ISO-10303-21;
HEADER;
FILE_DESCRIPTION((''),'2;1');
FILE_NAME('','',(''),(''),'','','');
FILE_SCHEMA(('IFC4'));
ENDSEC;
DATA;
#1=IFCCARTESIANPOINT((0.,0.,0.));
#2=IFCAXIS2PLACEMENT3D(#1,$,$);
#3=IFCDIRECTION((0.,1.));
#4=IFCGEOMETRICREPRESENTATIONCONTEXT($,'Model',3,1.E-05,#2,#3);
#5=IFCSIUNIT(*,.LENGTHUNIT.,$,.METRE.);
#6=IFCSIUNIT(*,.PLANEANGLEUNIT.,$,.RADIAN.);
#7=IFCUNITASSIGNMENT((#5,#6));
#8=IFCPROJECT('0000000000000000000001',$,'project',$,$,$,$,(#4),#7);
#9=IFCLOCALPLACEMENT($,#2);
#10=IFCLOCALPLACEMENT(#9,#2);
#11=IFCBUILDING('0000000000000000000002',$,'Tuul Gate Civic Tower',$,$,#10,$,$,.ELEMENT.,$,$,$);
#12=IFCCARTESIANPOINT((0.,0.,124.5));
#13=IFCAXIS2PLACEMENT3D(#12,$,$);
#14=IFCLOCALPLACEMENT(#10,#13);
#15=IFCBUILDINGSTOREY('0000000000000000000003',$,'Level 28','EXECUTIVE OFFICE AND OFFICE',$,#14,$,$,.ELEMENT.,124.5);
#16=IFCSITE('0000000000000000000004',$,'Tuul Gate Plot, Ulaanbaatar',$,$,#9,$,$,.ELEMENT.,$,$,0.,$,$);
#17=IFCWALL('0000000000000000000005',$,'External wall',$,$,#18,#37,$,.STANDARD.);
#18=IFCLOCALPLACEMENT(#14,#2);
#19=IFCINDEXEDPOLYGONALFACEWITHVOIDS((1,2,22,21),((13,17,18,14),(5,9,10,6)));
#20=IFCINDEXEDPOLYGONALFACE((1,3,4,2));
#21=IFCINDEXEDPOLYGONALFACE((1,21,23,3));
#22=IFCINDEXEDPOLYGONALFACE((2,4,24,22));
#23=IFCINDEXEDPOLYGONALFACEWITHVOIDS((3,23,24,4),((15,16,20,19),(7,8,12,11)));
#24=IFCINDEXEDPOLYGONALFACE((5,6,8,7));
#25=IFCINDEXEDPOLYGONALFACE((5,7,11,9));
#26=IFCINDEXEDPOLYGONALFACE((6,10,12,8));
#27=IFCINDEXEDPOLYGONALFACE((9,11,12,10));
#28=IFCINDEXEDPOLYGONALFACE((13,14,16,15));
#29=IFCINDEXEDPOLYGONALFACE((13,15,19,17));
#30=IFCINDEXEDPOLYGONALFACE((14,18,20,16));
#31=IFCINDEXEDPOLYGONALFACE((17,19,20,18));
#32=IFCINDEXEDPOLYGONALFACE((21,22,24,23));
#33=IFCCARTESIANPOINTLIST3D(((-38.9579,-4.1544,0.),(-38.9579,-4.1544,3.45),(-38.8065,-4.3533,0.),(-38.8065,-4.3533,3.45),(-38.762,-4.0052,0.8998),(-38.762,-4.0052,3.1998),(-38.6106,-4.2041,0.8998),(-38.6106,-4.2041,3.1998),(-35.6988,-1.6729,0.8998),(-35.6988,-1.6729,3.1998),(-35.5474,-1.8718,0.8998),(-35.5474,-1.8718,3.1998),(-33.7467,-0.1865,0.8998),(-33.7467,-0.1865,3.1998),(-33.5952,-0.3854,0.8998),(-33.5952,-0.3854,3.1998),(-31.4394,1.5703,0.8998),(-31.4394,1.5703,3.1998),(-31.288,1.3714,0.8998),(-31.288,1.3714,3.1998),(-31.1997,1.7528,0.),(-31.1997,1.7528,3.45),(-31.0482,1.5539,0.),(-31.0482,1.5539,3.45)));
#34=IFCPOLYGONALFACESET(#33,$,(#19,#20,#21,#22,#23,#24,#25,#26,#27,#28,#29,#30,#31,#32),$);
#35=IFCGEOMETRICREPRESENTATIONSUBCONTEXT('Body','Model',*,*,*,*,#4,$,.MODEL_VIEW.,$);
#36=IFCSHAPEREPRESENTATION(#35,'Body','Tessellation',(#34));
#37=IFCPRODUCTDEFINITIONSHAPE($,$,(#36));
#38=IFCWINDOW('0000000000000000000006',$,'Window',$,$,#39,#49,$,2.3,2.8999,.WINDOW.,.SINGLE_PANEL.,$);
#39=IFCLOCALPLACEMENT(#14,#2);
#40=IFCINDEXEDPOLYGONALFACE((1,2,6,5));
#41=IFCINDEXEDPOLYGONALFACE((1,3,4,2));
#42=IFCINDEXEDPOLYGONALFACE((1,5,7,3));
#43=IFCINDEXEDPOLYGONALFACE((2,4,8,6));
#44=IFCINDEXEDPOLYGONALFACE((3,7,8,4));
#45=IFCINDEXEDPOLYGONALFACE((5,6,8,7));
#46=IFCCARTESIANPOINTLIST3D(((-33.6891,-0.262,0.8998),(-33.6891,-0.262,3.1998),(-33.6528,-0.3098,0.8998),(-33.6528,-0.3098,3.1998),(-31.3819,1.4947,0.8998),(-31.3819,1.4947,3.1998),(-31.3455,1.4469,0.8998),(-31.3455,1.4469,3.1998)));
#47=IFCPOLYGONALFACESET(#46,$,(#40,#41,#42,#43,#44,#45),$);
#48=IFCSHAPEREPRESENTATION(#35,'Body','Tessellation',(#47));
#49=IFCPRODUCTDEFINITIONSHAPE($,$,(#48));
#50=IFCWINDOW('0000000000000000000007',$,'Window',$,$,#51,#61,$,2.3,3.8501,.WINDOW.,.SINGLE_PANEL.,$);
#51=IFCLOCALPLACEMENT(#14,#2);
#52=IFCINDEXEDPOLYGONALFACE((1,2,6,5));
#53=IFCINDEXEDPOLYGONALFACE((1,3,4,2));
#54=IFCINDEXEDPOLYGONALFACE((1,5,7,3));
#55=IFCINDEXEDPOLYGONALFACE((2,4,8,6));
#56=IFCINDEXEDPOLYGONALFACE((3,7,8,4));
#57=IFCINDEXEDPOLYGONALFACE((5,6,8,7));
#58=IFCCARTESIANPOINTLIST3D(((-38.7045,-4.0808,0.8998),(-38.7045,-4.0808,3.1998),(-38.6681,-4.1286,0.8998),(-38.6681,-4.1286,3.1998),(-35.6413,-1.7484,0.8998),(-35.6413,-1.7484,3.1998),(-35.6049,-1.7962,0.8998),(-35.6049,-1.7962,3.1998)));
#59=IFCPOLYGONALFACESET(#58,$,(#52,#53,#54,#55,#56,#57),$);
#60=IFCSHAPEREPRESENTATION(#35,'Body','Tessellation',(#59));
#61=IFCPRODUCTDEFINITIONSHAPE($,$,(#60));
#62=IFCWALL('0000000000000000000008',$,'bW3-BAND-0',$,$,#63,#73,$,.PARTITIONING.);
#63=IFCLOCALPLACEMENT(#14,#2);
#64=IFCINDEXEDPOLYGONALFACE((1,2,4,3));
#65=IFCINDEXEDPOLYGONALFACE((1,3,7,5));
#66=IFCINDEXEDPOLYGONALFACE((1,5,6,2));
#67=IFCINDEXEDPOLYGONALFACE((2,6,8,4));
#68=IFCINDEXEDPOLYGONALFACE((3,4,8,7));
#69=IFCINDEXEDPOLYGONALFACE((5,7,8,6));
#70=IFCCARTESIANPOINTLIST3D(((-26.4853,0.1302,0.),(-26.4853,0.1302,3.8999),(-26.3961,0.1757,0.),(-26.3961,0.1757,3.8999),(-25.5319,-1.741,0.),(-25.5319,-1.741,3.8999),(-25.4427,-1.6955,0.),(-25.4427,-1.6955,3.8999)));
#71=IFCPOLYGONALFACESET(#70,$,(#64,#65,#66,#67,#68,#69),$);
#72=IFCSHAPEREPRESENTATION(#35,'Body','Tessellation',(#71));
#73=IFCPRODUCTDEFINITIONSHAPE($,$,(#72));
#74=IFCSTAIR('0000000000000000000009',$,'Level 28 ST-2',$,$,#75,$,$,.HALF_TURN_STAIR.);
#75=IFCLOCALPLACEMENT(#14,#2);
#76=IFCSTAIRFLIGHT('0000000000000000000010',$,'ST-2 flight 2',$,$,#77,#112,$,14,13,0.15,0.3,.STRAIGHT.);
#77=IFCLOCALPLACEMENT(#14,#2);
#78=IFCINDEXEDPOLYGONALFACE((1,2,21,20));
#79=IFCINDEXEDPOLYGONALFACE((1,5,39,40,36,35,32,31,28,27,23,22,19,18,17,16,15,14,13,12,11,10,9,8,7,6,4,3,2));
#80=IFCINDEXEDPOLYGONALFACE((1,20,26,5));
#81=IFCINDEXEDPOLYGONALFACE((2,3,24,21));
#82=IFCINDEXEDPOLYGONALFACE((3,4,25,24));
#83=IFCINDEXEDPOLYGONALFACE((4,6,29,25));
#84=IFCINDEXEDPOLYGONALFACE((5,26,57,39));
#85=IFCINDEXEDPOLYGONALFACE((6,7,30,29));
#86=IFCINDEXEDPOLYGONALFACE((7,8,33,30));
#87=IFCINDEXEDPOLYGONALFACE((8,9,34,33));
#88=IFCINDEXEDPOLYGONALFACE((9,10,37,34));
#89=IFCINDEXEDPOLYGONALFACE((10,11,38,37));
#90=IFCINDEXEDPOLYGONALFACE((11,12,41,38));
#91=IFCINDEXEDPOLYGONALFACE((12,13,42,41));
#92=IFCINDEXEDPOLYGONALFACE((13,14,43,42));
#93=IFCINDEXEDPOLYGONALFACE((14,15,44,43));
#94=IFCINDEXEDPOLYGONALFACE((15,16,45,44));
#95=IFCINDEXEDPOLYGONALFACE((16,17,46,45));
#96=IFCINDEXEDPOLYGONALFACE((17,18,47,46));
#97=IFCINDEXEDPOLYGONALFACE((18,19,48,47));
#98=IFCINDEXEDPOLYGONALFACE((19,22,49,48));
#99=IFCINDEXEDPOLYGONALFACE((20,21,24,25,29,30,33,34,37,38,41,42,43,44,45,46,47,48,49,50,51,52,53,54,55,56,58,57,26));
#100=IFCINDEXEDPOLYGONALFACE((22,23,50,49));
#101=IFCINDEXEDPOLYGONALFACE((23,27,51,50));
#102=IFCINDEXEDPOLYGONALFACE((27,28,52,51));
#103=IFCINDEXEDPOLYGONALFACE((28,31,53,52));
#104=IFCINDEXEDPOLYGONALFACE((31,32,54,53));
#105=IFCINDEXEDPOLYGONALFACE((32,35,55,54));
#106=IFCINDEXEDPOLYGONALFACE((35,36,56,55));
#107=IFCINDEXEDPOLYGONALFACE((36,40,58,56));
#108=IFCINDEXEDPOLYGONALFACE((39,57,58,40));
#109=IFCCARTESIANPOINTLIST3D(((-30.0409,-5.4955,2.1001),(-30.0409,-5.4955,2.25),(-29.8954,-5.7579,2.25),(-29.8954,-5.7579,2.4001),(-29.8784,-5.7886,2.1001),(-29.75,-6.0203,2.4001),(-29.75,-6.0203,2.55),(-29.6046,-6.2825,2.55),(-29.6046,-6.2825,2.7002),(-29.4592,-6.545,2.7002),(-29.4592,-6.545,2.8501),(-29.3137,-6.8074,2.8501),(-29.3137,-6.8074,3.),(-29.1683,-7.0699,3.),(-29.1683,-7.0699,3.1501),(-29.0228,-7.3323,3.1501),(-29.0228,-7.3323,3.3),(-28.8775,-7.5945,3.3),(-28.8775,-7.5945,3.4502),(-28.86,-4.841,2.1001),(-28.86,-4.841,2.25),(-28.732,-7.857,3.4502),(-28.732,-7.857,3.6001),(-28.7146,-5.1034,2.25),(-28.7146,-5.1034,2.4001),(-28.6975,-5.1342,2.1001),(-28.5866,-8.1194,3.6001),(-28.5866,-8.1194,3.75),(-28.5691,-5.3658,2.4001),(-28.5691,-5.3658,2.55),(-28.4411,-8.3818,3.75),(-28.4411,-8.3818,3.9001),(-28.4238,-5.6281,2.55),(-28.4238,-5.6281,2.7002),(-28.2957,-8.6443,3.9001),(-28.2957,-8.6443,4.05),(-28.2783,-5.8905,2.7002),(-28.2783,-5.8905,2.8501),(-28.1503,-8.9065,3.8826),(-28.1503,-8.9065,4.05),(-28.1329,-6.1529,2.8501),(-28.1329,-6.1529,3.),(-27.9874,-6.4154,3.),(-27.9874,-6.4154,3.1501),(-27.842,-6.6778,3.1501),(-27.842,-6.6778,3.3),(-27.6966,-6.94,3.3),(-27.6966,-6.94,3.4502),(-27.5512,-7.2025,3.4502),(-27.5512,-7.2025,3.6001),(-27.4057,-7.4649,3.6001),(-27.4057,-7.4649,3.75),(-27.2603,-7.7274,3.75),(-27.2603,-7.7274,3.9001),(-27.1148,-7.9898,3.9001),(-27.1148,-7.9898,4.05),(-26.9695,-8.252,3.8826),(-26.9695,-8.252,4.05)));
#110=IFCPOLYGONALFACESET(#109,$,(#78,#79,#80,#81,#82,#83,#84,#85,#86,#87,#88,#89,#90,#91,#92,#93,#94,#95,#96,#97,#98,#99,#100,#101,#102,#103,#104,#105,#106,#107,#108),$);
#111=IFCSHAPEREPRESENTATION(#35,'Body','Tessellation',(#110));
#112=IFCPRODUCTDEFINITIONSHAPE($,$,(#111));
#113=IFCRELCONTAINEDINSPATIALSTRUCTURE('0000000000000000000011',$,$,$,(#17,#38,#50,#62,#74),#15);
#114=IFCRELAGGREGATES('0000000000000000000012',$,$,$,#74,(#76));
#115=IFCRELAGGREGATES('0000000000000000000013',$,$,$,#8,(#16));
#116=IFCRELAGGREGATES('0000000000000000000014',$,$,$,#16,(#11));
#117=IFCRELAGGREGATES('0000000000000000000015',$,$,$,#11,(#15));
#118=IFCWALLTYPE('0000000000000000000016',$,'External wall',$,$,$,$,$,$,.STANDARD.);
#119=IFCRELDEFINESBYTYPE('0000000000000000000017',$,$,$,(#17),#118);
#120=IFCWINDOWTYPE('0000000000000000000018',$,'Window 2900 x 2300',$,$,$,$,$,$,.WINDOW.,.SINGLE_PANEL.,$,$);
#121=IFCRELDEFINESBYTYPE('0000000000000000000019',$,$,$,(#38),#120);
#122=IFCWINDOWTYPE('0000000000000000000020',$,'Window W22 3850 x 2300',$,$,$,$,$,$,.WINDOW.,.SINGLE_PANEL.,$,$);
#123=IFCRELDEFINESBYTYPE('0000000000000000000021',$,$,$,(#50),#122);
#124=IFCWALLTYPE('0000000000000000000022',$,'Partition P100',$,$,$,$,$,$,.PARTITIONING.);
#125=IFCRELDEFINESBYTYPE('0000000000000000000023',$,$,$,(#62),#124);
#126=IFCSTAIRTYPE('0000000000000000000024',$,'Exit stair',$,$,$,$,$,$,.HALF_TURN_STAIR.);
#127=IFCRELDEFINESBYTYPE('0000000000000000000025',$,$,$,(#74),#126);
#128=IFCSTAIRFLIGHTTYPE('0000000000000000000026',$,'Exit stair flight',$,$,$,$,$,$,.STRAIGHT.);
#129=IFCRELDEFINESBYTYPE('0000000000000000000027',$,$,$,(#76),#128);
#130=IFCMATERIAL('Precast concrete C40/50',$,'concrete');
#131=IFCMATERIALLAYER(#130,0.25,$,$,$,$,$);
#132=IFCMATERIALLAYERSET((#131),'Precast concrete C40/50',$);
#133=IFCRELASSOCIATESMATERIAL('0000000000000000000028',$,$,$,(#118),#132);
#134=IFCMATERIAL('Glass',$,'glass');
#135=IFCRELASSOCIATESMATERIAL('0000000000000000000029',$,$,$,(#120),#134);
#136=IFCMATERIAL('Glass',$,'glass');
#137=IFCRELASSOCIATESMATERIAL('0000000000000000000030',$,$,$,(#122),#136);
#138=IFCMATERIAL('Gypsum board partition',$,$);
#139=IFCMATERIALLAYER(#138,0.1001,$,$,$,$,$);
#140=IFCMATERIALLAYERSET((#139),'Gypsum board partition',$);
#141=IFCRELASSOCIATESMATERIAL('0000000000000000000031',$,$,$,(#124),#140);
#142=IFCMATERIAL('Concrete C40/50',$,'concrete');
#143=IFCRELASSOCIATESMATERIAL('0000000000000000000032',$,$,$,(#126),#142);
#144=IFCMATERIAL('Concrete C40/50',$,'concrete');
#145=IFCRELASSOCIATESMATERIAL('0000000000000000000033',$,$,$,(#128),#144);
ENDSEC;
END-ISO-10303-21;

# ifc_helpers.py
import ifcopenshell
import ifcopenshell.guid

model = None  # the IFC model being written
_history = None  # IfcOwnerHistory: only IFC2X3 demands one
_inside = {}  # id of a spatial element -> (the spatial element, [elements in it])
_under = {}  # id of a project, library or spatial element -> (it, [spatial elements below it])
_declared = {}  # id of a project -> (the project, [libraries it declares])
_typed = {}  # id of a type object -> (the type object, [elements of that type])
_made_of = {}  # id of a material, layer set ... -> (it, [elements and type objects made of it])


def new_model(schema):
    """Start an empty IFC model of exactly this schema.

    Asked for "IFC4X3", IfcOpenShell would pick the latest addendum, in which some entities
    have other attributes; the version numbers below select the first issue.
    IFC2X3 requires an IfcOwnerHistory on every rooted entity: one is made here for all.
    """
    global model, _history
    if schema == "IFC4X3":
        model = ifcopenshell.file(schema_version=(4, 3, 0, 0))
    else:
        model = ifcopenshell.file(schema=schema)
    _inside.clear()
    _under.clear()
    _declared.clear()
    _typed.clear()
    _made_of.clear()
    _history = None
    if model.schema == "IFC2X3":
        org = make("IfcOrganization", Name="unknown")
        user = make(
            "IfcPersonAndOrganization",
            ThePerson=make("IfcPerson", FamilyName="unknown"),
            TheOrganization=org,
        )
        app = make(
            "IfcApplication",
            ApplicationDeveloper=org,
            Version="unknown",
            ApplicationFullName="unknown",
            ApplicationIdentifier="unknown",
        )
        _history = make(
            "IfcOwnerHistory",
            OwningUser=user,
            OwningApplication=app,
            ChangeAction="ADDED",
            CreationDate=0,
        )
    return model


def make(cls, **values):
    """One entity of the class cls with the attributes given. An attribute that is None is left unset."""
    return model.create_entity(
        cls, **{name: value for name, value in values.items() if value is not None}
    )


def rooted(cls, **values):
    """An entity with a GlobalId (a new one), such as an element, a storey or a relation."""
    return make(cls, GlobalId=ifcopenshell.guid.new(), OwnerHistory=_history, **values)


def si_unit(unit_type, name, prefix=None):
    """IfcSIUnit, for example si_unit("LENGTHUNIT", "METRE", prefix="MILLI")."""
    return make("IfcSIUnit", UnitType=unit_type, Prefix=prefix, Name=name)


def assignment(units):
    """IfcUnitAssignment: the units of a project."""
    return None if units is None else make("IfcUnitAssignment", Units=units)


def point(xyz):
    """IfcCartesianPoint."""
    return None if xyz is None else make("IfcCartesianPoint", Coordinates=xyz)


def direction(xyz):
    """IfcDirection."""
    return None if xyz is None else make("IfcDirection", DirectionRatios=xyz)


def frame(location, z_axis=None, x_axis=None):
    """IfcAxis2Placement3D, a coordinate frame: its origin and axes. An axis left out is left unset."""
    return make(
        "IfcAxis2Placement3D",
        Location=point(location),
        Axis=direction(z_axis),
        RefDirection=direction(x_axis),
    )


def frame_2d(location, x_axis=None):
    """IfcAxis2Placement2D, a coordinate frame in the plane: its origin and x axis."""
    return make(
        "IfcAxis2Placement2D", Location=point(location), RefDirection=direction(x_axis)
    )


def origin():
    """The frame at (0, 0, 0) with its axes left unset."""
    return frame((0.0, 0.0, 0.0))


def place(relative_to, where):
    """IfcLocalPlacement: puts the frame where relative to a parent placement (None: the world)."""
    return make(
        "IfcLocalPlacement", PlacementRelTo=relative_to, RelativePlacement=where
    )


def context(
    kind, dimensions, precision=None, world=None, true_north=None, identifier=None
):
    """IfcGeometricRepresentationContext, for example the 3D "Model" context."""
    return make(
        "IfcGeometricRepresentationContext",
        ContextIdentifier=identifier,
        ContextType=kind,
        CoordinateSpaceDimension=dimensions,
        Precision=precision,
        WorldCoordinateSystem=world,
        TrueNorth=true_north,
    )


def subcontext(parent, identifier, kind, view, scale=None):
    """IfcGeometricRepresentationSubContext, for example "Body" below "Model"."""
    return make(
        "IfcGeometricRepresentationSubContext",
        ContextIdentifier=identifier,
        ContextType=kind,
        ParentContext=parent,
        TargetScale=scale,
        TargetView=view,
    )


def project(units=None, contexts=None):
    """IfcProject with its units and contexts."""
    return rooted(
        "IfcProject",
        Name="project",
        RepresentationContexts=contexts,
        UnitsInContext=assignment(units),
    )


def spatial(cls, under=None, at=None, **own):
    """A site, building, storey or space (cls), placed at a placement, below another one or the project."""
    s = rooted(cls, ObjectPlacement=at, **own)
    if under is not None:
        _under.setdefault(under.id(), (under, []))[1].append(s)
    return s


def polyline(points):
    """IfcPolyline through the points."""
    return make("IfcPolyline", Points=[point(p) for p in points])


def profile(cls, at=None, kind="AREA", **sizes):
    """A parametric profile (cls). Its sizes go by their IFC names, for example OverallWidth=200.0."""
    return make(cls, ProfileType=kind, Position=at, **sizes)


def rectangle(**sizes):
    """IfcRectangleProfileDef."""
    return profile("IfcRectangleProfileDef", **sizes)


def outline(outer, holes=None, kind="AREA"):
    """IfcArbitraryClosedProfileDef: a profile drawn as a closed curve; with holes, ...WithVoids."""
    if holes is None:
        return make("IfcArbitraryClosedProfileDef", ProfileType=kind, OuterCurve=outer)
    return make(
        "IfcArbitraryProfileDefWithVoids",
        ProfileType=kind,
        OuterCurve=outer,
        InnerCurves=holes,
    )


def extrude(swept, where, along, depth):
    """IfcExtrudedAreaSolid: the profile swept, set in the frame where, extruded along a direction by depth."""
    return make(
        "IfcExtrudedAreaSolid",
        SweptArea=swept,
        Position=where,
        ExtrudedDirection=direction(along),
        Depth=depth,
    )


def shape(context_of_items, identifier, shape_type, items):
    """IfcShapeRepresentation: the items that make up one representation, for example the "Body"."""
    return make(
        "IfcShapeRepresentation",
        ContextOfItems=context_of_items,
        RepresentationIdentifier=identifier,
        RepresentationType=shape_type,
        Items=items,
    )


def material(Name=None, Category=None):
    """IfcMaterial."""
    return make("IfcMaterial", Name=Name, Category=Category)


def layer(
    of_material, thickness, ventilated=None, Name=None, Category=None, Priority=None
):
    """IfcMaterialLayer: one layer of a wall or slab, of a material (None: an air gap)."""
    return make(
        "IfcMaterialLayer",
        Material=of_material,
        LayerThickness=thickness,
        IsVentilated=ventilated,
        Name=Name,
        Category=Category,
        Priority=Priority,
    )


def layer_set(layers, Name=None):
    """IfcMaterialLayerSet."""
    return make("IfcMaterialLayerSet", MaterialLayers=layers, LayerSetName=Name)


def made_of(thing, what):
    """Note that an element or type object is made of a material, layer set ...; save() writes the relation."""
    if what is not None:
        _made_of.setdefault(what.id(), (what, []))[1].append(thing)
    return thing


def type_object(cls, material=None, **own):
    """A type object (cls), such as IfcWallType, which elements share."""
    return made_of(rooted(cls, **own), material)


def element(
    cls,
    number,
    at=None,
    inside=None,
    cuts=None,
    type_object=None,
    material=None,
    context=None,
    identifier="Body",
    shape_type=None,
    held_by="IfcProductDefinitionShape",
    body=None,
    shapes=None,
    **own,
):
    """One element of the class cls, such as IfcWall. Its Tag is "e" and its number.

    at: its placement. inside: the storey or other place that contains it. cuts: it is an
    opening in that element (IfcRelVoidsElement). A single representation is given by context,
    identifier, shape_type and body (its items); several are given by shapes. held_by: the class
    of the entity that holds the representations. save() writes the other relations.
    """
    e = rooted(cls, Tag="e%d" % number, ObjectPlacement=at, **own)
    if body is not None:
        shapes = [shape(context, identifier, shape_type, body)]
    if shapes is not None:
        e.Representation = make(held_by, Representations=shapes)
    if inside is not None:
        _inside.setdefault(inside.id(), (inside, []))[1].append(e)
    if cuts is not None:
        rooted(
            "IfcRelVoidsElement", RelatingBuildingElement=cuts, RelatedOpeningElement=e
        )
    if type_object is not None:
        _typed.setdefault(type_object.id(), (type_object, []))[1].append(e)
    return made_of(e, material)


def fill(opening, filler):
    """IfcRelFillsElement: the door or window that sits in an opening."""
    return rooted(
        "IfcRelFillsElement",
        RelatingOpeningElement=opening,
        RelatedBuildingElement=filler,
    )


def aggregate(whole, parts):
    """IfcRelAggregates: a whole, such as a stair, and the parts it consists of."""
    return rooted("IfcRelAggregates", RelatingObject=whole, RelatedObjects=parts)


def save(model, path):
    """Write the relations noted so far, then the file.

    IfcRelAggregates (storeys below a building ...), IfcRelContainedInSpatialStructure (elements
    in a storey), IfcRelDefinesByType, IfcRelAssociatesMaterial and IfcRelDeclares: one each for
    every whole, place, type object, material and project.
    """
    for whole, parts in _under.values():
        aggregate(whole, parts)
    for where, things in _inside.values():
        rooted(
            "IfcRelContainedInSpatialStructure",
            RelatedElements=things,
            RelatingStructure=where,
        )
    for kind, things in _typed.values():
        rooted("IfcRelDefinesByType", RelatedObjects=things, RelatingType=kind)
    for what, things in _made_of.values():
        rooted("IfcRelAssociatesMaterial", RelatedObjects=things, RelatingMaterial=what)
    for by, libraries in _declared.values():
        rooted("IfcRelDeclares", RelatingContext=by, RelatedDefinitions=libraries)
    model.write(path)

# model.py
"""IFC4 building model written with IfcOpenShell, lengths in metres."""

from ifc_helpers import new_model, si_unit, direction, frame, frame_2d, origin, place, context, subcontext, project, spatial, polyline, rectangle, outline, extrude, material, layer, layer_set, type_object, element, fill, aggregate, save


model = new_model("IFC4")

# Units and contexts
model_context = context("Model", 3, precision=1e-05, world=origin(), true_north=direction((0.0, 1.0)))
body_context = subcontext(model_context, "Body", "Model", "MODEL_VIEW")
ifc_project = project(units=[si_unit("LENGTHUNIT", "METRE"), si_unit("PLANEANGLEUNIT", "RADIAN")], contexts=[model_context])

# Site, building, storey
site_placement = place(None, origin())
site = spatial("IfcSite", under=ifc_project, at=site_placement, Name="Tuul Gate Plot, Ulaanbaatar", CompositionType="ELEMENT", RefElevation=0.0)
building_placement = place(site_placement, origin())
building = spatial("IfcBuilding", under=site, at=building_placement, Name="Tuul Gate Civic Tower", CompositionType="ELEMENT")
storey_placement = place(building_placement, frame((0.0, 0.0, 124.5)))
storey = spatial("IfcBuildingStorey", under=building, at=storey_placement, Name="Level 28", Description="EXECUTIVE OFFICE AND OFFICE", CompositionType="ELEMENT", Elevation=124.5)

# Wall, openings, windows
ifc_material_1 = material(Name="Precast concrete C40/50", Category="concrete")
ifc_layer_1 = layer(ifc_material_1, 0.25)
ifc_layer_set_1 = layer_set([ifc_layer_1], Name="Precast concrete C40/50")
wall_type_1 = type_object("IfcWallType", Name="External wall", PredefinedType="STANDARD", material=ifc_layer_set_1)
wall_1_placement = place(storey_placement, frame((-31.124, 1.6533, 0.0), z_axis=(0.0, 0.0, 1.0), x_axis=(-0.795622, -0.605793, 0.0)))
wall_1 = element("IfcWall", 1, at=wall_1_placement, inside=storey, type_object=wall_type_1, Name="External wall", PredefinedType="STANDARD", context=body_context, shape_type="SweptSolid", body=[
    extrude(rectangle(XDim=9.7512, YDim=0.25, at=frame_2d((4.8755, 0.0))), origin(), (0.0, 0.0, 1.0), 3.45),
])
opening_1_placement = place(wall_1_placement, frame((5.6548, 0.0, 0.8999)))
opening_1 = element("IfcOpeningElement", 2, at=opening_1_placement, cuts=wall_1, PredefinedType="OPENING", context=body_context, shape_type="SweptSolid", body=[
    extrude(rectangle(XDim=3.8501, YDim=2.3, at=frame_2d((1.925, 1.1499))), frame((0.0, 0.135, 0.0), z_axis=(0.0, -1.0, 0.0), x_axis=(1.0, 0.0, 0.0)), (0.0, 0.0, 1.0), 0.27),
])
opening_2_placement = place(wall_1_placement, frame((0.3013, 0.0, 0.8999)))
opening_2 = element("IfcOpeningElement", 3, at=opening_2_placement, cuts=wall_1, PredefinedType="OPENING", context=body_context, shape_type="SweptSolid", body=[
    extrude(rectangle(XDim=2.8999, YDim=2.3, at=frame_2d((1.45, 1.1499))), frame((0.0, 0.135, 0.0), z_axis=(0.0, -1.0, 0.0), x_axis=(1.0, 0.0, 0.0)), (0.0, 0.0, 1.0), 0.27),
])
ifc_material_2 = material(Name="Glass", Category="glass")
window_type_1 = type_object("IfcWindowType", Name="Window 2900 x 2300", PartitioningType="SINGLE_PANEL", PredefinedType="WINDOW", material=ifc_material_2)
window_1_placement = place(opening_2_placement, origin())
window_1 = element("IfcWindow", 4, at=window_1_placement, inside=storey, type_object=window_type_1, Name="Window", OverallHeight=2.3, OverallWidth=2.8999, PartitioningType="SINGLE_PANEL", PredefinedType="WINDOW", context=body_context, shape_type="SweptSolid", body=[
    extrude(rectangle(XDim=2.8999, YDim=2.3, at=frame_2d((1.45, 1.1499))), frame((0.0, 0.03, 0.0), z_axis=(0.0, -1.0, 0.0), x_axis=(1.0, 0.0, 0.0)), (0.0, 0.0, 1.0), 0.0601),
])
fill(opening_2, window_1)
ifc_material_3 = material(Name="Glass", Category="glass")
window_type_2 = type_object("IfcWindowType", Name="Window W22 3850 x 2300", PartitioningType="SINGLE_PANEL", PredefinedType="WINDOW", material=ifc_material_3)
window_2_placement = place(opening_1_placement, origin())
window_2 = element("IfcWindow", 5, at=window_2_placement, inside=storey, type_object=window_type_2, Name="Window", OverallHeight=2.3, OverallWidth=3.8501, PartitioningType="SINGLE_PANEL", PredefinedType="WINDOW", context=body_context, shape_type="SweptSolid", body=[
    extrude(rectangle(XDim=3.8501, YDim=2.3, at=frame_2d((1.925, 1.1499))), frame((0.0, 0.03, 0.0), z_axis=(0.0, -1.0, 0.0), x_axis=(1.0, 0.0, 0.0)), (0.0, 0.0, 1.0), 0.0601),
])
fill(opening_1, window_2)

# Wall
ifc_material_4 = material(Name="Gypsum board partition")
ifc_layer_2 = layer(ifc_material_4, 0.1001)
ifc_layer_set_2 = layer_set([ifc_layer_2], Name="Gypsum board partition")
wall_type_2 = type_object("IfcWallType", Name="Partition P100", PredefinedType="PARTITIONING", material=ifc_layer_set_2)
wall_2_placement = place(storey_placement, frame((-25.4873, -1.7183, 0.0), z_axis=(0.0, 0.0, 1.0), x_axis=(-0.45399, 0.891007, 0.0)))
element("IfcWall", 6, at=wall_2_placement, inside=storey, type_object=wall_type_2, Name="bW3-BAND-0", PredefinedType="PARTITIONING", context=body_context, shape_type="SweptSolid", body=[
    extrude(rectangle(XDim=2.1001, YDim=0.1001, at=frame_2d((1.05, 0.0))), origin(), (0.0, 0.0, 1.0), 3.8999),
])

# Stair, stair flight
ifc_material_5 = material(Name="Concrete C40/50", Category="concrete")
stair_type = type_object("IfcStairType", Name="Exit stair", PredefinedType="HALF_TURN_STAIR", material=ifc_material_5)
stair_placement = place(storey_placement, origin())
stair = element("IfcStair", 7, at=stair_placement, inside=storey, type_object=stair_type, Name="Level 28 ST-2", PredefinedType="HALF_TURN_STAIR")
ifc_material_6 = material(Name="Concrete C40/50", Category="concrete")
stair_flight_type = type_object("IfcStairFlightType", Name="Exit stair flight", PredefinedType="STRAIGHT", material=ifc_material_6)
stair_flight_placement = place(storey_placement, frame((-29.4504, -5.1682, 2.1001), z_axis=(0.0, 0.0, 1.0), x_axis=(0.484762, -0.874646, 0.0)))
stair_flight = element("IfcStairFlight", 8, at=stair_flight_placement, type_object=stair_flight_type, Name="ST-2 flight 2", NumberOfRisers=14, NumberOfTreads=13, PredefinedType="STRAIGHT", RiserHeight=0.15, TreadLength=0.3, context=body_context, shape_type="SweptSolid", body=[
    extrude(outline(polyline([(0.0, 0.0), (0.0, 0.1499), (0.3, 0.1499), (0.3, 0.3), (0.6001, 0.3), (0.6001, 0.45), (0.8999, 0.45), (0.8999, 0.6001), (1.2, 0.6001), (1.2, 0.75), (1.5, 0.75), (1.5, 0.8999), (1.8, 0.8999), (1.8, 1.05), (2.1001, 1.05), (2.1001, 1.2), (2.3999, 1.2), (2.3999, 1.3501), (2.7, 1.3501), (2.7, 1.5), (3.0, 1.5), (3.0, 1.6499), (3.3, 1.6499), (3.3, 1.8), (3.6001, 1.8), (3.6001, 1.95), (3.8999, 1.95), (3.8999, 2.1001), (3.8999, 1.7825), (0.3352, 0.0), (0.0, 0.0)])), frame((0.0, 0.675, 0.0), z_axis=(0.0, -1.0, 0.0), x_axis=(1.0, 0.0, 0.0)), (0.0, 0.0, 1.0), 1.3501),
])
aggregate(stair, [stair_flight])

save(model, "model.ifc")
